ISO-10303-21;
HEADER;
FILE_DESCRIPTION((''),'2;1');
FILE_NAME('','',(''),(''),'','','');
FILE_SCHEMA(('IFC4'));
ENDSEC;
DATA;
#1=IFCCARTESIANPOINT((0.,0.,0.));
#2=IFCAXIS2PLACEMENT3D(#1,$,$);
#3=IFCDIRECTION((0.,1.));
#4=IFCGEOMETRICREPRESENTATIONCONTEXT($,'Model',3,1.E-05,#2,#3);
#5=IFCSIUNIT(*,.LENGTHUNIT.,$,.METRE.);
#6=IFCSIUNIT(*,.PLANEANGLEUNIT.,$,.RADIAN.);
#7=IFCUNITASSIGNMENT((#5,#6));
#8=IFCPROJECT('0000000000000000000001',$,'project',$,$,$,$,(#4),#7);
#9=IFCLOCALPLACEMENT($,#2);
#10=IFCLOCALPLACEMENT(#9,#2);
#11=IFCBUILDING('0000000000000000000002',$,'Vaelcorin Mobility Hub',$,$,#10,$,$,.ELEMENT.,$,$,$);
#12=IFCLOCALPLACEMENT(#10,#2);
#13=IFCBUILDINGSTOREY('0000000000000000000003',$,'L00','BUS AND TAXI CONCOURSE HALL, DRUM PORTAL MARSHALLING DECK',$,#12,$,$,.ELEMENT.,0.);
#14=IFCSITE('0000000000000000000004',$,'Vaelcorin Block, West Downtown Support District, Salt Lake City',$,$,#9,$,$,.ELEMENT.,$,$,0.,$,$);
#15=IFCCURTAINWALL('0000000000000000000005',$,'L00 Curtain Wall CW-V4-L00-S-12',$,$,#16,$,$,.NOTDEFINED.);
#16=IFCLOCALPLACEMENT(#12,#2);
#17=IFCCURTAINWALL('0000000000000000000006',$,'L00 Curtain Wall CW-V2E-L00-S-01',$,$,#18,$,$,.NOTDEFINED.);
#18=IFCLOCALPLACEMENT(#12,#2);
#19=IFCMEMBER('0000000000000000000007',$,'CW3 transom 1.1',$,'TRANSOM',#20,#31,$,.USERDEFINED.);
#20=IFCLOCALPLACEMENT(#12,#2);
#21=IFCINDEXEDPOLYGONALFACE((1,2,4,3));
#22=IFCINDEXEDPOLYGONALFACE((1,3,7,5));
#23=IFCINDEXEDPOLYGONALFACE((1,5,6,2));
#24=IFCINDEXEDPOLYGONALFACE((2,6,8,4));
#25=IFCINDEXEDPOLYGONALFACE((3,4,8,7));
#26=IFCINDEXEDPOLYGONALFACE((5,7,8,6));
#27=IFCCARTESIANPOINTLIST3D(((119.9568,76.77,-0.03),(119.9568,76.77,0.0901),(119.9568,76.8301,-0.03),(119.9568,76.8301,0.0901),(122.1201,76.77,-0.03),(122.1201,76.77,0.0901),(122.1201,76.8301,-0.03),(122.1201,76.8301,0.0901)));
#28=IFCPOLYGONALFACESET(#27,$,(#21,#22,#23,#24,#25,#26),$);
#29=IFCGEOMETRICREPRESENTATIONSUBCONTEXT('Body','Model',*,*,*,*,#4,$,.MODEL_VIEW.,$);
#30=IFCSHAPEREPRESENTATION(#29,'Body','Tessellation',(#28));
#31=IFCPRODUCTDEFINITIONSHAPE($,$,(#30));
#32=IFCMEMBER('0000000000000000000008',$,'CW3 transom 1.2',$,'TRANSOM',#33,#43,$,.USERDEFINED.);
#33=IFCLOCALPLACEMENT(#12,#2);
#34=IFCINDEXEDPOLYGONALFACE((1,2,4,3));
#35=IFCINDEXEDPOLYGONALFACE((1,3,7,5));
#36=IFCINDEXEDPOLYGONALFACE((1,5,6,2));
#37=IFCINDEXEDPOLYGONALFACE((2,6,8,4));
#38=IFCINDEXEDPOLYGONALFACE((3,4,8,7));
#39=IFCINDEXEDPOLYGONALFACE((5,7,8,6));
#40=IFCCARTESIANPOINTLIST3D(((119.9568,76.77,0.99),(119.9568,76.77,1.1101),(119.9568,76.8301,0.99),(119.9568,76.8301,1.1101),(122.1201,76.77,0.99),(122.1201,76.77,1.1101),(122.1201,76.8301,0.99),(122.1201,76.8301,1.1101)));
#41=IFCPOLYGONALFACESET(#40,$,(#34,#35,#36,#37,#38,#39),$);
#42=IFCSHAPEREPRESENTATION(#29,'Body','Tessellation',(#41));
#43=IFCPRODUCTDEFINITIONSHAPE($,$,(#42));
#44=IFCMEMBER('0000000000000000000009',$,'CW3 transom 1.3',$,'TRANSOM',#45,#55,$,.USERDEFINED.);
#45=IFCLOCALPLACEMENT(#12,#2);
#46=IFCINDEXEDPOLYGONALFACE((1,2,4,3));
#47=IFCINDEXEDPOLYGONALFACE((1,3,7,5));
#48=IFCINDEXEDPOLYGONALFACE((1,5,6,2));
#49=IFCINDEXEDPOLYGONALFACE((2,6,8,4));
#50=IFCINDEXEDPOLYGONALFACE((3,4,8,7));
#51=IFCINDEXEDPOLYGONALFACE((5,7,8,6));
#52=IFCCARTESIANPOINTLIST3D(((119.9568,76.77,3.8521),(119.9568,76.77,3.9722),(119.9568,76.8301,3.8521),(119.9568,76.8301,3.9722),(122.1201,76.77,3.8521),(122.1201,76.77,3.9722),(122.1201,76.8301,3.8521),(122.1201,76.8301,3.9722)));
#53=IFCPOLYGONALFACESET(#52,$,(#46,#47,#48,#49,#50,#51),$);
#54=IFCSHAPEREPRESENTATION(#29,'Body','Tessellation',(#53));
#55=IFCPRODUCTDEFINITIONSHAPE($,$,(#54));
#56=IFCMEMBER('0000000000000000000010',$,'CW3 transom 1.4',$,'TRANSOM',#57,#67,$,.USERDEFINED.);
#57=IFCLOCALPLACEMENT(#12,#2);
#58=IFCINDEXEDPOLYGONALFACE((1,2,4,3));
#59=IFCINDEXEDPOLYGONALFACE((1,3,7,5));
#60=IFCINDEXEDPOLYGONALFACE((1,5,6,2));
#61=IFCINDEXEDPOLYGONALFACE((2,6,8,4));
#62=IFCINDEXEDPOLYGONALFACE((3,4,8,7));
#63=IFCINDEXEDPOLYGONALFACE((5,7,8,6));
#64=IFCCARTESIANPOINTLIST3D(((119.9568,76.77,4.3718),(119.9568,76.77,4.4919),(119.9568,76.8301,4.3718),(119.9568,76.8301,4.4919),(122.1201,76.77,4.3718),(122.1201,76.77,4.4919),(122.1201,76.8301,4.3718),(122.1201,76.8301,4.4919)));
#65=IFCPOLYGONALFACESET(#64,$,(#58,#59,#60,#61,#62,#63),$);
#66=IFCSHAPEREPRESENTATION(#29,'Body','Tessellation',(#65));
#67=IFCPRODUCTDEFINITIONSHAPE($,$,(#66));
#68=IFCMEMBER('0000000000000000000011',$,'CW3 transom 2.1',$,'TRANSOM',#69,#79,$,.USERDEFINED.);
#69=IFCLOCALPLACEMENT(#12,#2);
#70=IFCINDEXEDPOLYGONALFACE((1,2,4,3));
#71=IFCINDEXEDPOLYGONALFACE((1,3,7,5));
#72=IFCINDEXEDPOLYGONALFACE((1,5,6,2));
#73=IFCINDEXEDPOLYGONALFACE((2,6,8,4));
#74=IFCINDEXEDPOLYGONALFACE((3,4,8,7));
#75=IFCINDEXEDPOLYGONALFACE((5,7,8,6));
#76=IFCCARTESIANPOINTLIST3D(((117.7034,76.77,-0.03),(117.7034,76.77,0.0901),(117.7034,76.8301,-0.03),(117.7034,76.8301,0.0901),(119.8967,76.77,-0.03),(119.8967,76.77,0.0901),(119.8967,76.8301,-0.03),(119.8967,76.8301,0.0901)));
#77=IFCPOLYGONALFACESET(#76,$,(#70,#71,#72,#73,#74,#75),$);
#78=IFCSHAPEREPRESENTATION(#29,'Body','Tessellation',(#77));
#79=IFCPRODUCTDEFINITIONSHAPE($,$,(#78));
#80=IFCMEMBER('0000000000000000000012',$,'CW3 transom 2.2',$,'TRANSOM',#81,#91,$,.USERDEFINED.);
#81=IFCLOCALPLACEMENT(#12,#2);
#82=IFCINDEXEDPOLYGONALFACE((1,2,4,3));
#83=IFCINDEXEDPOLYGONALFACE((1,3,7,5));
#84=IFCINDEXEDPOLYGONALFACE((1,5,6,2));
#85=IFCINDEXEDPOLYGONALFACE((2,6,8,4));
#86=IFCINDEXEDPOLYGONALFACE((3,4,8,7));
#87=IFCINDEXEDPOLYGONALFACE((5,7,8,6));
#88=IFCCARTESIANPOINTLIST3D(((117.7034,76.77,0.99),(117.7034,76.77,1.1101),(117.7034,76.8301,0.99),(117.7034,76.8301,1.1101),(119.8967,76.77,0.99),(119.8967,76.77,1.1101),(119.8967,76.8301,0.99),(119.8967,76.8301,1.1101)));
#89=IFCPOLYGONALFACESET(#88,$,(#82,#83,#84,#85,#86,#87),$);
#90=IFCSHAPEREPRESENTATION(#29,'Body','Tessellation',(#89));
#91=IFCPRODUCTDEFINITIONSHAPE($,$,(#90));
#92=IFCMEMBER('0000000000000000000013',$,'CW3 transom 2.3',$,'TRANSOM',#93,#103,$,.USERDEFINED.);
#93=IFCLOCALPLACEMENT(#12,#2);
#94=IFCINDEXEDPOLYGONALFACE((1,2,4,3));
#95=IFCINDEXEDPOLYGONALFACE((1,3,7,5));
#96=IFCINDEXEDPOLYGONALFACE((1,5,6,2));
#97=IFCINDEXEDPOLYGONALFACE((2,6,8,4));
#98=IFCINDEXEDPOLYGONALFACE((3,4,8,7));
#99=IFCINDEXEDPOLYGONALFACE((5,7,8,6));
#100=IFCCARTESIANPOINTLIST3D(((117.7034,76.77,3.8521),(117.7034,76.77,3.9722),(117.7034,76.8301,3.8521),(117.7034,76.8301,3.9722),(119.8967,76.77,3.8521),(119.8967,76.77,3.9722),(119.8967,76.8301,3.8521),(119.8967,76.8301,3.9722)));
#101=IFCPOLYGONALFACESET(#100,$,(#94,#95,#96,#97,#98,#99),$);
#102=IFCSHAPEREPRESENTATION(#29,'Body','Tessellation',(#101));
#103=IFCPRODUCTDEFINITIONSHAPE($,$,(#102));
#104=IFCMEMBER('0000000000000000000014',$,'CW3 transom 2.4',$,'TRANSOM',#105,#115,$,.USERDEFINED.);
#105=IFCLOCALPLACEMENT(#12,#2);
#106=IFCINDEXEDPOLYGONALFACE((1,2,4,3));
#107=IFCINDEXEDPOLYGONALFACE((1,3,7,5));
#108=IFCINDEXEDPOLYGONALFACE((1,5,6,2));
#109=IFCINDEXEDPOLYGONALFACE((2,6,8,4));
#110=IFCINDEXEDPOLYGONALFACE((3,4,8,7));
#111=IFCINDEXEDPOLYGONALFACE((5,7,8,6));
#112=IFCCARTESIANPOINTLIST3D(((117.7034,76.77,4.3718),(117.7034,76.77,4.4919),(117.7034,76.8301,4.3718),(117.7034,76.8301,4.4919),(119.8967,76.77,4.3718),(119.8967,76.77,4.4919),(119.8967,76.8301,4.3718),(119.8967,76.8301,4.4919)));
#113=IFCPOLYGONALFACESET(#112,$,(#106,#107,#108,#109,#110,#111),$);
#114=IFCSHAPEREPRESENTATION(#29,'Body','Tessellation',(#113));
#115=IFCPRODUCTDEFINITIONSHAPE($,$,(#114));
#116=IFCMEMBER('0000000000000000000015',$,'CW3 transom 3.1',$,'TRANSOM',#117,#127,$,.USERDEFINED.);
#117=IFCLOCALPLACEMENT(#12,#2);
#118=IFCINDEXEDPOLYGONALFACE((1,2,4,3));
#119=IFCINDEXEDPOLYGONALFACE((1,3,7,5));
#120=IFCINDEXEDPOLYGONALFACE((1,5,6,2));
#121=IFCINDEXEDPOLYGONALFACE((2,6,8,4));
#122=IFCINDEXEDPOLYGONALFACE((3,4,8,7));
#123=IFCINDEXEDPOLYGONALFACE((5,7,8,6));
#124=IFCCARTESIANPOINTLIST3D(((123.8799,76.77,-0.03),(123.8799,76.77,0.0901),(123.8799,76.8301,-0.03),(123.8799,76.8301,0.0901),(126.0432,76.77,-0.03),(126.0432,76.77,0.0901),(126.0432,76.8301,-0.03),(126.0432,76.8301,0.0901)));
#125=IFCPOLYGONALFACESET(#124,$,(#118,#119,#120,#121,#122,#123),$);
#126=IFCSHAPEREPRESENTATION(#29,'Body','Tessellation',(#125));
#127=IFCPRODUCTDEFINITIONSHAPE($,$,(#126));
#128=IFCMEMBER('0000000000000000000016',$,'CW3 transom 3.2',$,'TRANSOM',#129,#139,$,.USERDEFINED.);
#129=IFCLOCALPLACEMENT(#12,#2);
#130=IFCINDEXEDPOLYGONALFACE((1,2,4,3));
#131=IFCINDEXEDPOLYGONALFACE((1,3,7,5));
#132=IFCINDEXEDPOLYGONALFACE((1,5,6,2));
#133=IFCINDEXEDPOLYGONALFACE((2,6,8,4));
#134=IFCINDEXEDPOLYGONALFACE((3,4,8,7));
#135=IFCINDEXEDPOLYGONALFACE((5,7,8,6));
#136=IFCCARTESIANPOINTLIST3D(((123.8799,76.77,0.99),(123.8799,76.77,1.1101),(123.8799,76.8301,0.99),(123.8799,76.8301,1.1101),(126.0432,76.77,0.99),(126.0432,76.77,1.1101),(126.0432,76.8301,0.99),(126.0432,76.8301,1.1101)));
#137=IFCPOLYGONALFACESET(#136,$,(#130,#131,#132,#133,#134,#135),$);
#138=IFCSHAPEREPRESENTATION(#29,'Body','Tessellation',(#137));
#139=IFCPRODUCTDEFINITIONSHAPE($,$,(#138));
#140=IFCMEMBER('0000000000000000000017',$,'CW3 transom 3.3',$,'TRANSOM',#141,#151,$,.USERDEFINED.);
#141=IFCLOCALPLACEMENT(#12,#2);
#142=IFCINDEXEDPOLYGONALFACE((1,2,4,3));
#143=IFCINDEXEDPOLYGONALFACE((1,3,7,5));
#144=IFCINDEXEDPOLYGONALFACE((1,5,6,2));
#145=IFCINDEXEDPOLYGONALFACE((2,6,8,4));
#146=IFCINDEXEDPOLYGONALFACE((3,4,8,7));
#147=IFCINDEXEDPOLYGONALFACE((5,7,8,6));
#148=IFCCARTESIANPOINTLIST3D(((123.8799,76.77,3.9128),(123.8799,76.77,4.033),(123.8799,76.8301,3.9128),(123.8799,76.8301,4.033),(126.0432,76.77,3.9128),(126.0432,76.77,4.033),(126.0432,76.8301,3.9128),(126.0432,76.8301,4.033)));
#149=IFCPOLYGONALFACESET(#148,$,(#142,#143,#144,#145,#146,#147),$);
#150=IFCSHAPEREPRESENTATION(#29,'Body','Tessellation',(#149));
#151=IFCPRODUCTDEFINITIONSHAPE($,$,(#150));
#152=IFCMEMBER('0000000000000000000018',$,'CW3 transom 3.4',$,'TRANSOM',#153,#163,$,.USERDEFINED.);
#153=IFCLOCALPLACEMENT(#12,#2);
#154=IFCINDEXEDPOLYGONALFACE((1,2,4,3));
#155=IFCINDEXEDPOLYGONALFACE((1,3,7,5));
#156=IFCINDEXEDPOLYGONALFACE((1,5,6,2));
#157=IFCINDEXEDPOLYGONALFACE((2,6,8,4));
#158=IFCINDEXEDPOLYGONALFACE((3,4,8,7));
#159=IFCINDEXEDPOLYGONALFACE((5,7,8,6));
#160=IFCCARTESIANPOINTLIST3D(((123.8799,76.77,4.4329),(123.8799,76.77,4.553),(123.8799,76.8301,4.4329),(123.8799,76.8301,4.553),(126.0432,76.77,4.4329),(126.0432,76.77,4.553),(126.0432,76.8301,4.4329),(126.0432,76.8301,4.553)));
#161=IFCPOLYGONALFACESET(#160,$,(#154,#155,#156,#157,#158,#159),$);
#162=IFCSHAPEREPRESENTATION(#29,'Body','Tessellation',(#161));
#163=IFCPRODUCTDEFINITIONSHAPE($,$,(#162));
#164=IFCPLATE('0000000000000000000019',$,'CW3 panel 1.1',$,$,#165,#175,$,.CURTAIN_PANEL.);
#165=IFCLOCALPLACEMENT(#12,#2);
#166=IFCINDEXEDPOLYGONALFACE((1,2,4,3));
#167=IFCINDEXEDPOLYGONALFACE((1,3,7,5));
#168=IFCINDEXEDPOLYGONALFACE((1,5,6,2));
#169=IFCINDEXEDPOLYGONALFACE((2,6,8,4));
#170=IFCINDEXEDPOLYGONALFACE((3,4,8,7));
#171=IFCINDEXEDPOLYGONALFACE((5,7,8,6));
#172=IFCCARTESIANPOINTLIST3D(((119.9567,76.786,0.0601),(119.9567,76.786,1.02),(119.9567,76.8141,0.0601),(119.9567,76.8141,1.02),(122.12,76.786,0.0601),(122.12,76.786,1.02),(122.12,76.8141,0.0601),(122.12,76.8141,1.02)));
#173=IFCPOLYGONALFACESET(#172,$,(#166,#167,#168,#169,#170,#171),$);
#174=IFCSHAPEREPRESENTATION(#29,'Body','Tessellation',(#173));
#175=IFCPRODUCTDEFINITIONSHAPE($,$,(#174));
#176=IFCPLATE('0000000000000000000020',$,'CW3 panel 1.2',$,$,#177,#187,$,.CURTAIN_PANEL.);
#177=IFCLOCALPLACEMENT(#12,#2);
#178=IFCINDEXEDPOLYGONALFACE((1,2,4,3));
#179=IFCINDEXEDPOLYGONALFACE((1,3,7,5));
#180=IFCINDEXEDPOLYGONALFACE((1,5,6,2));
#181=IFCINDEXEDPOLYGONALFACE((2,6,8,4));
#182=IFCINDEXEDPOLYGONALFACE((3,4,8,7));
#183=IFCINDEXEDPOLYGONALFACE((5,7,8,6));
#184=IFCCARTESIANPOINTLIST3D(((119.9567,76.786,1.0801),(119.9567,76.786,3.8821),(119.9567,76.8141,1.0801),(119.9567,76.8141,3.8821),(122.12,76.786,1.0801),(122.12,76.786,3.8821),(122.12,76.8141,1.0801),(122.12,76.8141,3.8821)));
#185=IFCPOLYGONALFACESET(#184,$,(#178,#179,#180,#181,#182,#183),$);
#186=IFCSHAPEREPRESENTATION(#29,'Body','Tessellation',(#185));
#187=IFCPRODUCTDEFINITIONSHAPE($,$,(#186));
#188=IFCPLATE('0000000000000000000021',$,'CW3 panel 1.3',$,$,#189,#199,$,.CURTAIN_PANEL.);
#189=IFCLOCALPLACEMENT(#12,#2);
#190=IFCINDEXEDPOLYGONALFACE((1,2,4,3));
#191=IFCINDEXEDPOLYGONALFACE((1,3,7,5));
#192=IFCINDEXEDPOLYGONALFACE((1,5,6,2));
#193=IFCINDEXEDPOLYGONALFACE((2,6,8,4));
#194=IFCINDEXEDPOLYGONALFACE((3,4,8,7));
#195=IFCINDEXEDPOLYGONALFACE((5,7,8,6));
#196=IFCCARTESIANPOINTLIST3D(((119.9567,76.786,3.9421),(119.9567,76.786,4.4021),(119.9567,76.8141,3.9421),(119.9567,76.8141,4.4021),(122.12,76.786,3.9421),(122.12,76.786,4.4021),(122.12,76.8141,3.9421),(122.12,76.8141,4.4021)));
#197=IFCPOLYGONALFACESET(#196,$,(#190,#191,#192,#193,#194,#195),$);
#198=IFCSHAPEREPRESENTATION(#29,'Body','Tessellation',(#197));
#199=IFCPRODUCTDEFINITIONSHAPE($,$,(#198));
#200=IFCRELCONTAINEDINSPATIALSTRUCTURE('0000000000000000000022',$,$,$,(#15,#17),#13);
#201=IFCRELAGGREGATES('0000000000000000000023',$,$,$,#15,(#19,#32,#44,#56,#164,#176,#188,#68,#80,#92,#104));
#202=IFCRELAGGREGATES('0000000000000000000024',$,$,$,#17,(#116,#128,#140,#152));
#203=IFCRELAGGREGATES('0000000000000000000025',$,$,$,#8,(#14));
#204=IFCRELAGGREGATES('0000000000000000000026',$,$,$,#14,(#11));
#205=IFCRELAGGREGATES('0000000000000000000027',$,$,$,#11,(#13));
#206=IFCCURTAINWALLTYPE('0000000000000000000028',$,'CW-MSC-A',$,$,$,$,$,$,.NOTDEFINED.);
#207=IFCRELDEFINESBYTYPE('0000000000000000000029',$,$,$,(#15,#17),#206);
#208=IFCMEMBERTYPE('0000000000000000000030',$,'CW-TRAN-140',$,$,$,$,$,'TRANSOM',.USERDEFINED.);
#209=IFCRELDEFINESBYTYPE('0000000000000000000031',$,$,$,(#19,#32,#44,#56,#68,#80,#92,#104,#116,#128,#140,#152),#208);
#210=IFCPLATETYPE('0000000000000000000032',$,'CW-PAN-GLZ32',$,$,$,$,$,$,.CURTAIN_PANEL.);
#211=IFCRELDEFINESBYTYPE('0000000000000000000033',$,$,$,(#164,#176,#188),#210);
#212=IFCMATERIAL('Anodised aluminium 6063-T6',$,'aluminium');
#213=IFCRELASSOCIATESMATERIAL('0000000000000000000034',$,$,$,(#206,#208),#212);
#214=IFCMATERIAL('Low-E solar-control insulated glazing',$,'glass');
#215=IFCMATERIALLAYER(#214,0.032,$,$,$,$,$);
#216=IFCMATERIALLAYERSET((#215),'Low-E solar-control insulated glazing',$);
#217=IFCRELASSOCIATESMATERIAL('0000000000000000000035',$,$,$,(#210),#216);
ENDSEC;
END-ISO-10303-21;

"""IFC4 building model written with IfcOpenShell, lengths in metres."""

from ifc_helpers import new_model, si_unit, direction, frame, origin, origin_2d, place, context, subcontext, project, spatial, rectangle, extrude, material, layer, layer_set, material_profile, profile_set, type_object, element, aggregate, save


model = new_model("IFC4")

# Units and contexts
model_context = context("Model", 3, precision=1e-05, world=origin(), true_north=direction((0.0, 1.0)))
body_context = subcontext(model_context, "Body", "Model", "MODEL_VIEW")
ifc_project = project(units=[si_unit("LENGTHUNIT", "METRE"), si_unit("PLANEANGLEUNIT", "RADIAN")], contexts=[model_context])

# Site, building, storey
site_placement = place(None, origin())
site = spatial("IfcSite", under=ifc_project, at=site_placement, Name="Vaelcorin Block, West Downtown Support District, Salt Lake City", CompositionType="ELEMENT", RefElevation=0.0)
building_placement = place(site_placement, origin())
building = spatial("IfcBuilding", under=site, at=building_placement, Name="Vaelcorin Mobility Hub", CompositionType="ELEMENT")
storey_placement = place(building_placement, origin())
storey = spatial("IfcBuildingStorey", under=building, at=storey_placement, Name="L00", Description="BUS AND TAXI CONCOURSE HALL, DRUM PORTAL MARSHALLING DECK", CompositionType="ELEMENT", Elevation=0.0)

# Curtain wall
ifc_material_1 = material(Name="Anodised aluminium 6063-T6", Category="aluminium")
curtain_wall_type = type_object("IfcCurtainWallType", Name="CW-MSC-A", PredefinedType="NOTDEFINED", material=ifc_material_1)
curtain_wall_1_placement = place(storey_placement, origin())
curtain_wall_1 = element("IfcCurtainWall", 1, at=curtain_wall_1_placement, inside=storey, type_object=curtain_wall_type, Name="L00 Curtain Wall CW-V4-L00-S-12", PredefinedType="NOTDEFINED")

# Curtain wall
curtain_wall_2_placement = place(storey_placement, origin())
curtain_wall_2 = element("IfcCurtainWall", 2, at=curtain_wall_2_placement, inside=storey, type_object=curtain_wall_type, Name="L00 Curtain Wall CW-V2E-L00-S-01", PredefinedType="NOTDEFINED")

# Members
ifc_material_profile_1 = material_profile(ifc_material_1, rectangle(XDim=0.0601, YDim=0.1201, at=origin_2d()), Name="ALU-T60X120")
ifc_profile_set_1 = profile_set([ifc_material_profile_1], Name="Anodised aluminium 6063-T6")
member_type_1 = type_object("IfcMemberType", Name="CW-TRAN-140", ElementType="TRANSOM", PredefinedType="USERDEFINED", material=ifc_profile_set_1)
member_1_placement = place(storey_placement, frame((122.1201, 76.8, 0.03), z_axis=(-1.0, 0.0, 0.0), x_axis=(0.0, -1.0, 0.0)))
member_1 = element("IfcMember", 3, at=member_1_placement, type_object=member_type_1, Name="CW3 transom 1.1", ObjectType="TRANSOM", PredefinedType="USERDEFINED", context=body_context, shape_type="SweptSolid", body=[
    extrude(rectangle(XDim=0.0601, YDim=0.1201, at=origin_2d()), origin(), (0.0, 0.0, 1.0), 2.1633),
])
member_2_placement = place(storey_placement, frame((122.1201, 76.8, 1.05), z_axis=(-1.0, 0.0, 0.0), x_axis=(0.0, -1.0, 0.0)))
member_2 = element("IfcMember", 4, at=member_2_placement, type_object=member_type_1, Name="CW3 transom 1.2", ObjectType="TRANSOM", PredefinedType="USERDEFINED", context=body_context, shape_type="SweptSolid", body=[
    extrude(rectangle(XDim=0.0601, YDim=0.1201, at=origin_2d()), origin(), (0.0, 0.0, 1.0), 2.1633),
])
member_3_placement = place(storey_placement, frame((122.1201, 76.8, 3.9121), z_axis=(-1.0, 0.0, 0.0), x_axis=(0.0, -1.0, 0.0)))
member_3 = element("IfcMember", 5, at=member_3_placement, type_object=member_type_1, Name="CW3 transom 1.3", ObjectType="TRANSOM", PredefinedType="USERDEFINED", context=body_context, shape_type="SweptSolid", body=[
    extrude(rectangle(XDim=0.0601, YDim=0.1201, at=origin_2d()), origin(), (0.0, 0.0, 1.0), 2.1633),
])
member_4_placement = place(storey_placement, frame((122.1201, 76.8, 4.4319), z_axis=(-1.0, 0.0, 0.0), x_axis=(0.0, -1.0, 0.0)))
member_4 = element("IfcMember", 6, at=member_4_placement, type_object=member_type_1, Name="CW3 transom 1.4", ObjectType="TRANSOM", PredefinedType="USERDEFINED", context=body_context, shape_type="SweptSolid", body=[
    extrude(rectangle(XDim=0.0601, YDim=0.1201, at=origin_2d()), origin(), (0.0, 0.0, 1.0), 2.1633),
])
member_5_placement = place(storey_placement, frame((119.8967, 76.8, 0.03), z_axis=(-1.0, 0.0, 0.0), x_axis=(0.0, -1.0, 0.0)))
member_5 = element("IfcMember", 7, at=member_5_placement, type_object=member_type_1, Name="CW3 transom 2.1", ObjectType="TRANSOM", PredefinedType="USERDEFINED", context=body_context, shape_type="SweptSolid", body=[
    extrude(rectangle(XDim=0.0601, YDim=0.1201, at=origin_2d()), origin(), (0.0, 0.0, 1.0), 2.1934),
])
member_6_placement = place(storey_placement, frame((119.8967, 76.8, 1.05), z_axis=(-1.0, 0.0, 0.0), x_axis=(0.0, -1.0, 0.0)))
member_6 = element("IfcMember", 8, at=member_6_placement, type_object=member_type_1, Name="CW3 transom 2.2", ObjectType="TRANSOM", PredefinedType="USERDEFINED", context=body_context, shape_type="SweptSolid", body=[
    extrude(rectangle(XDim=0.0601, YDim=0.1201, at=origin_2d()), origin(), (0.0, 0.0, 1.0), 2.1934),
])
member_7_placement = place(storey_placement, frame((119.8967, 76.8, 3.9121), z_axis=(-1.0, 0.0, 0.0), x_axis=(0.0, -1.0, 0.0)))
member_7 = element("IfcMember", 9, at=member_7_placement, type_object=member_type_1, Name="CW3 transom 2.3", ObjectType="TRANSOM", PredefinedType="USERDEFINED", context=body_context, shape_type="SweptSolid", body=[
    extrude(rectangle(XDim=0.0601, YDim=0.1201, at=origin_2d()), origin(), (0.0, 0.0, 1.0), 2.1934),
])
member_8_placement = place(storey_placement, frame((119.8967, 76.8, 4.4319), z_axis=(-1.0, 0.0, 0.0), x_axis=(0.0, -1.0, 0.0)))
member_8 = element("IfcMember", 10, at=member_8_placement, type_object=member_type_1, Name="CW3 transom 2.4", ObjectType="TRANSOM", PredefinedType="USERDEFINED", context=body_context, shape_type="SweptSolid", body=[
    extrude(rectangle(XDim=0.0601, YDim=0.1201, at=origin_2d()), origin(), (0.0, 0.0, 1.0), 2.1934),
])
member_9_placement = place(storey_placement, frame((126.0432, 76.8, 0.03), z_axis=(-1.0, 0.0, 0.0), x_axis=(0.0, -1.0, 0.0)))
member_9 = element("IfcMember", 11, at=member_9_placement, type_object=member_type_1, Name="CW3 transom 3.1", ObjectType="TRANSOM", PredefinedType="USERDEFINED", context=body_context, shape_type="SweptSolid", body=[
    extrude(rectangle(XDim=0.0601, YDim=0.1201, at=origin_2d()), origin(), (0.0, 0.0, 1.0), 2.1633),
])
member_10_placement = place(storey_placement, frame((126.0432, 76.8, 1.05), z_axis=(-1.0, 0.0, 0.0), x_axis=(0.0, -1.0, 0.0)))
member_10 = element("IfcMember", 12, at=member_10_placement, type_object=member_type_1, Name="CW3 transom 3.2", ObjectType="TRANSOM", PredefinedType="USERDEFINED", context=body_context, shape_type="SweptSolid", body=[
    extrude(rectangle(XDim=0.0601, YDim=0.1201, at=origin_2d()), origin(), (0.0, 0.0, 1.0), 2.1633),
])
member_11_placement = place(storey_placement, frame((126.0432, 76.8, 3.9729), z_axis=(-1.0, 0.0, 0.0), x_axis=(0.0, -1.0, 0.0)))
member_11 = element("IfcMember", 13, at=member_11_placement, type_object=member_type_1, Name="CW3 transom 3.3", ObjectType="TRANSOM", PredefinedType="USERDEFINED", context=body_context, shape_type="SweptSolid", body=[
    extrude(rectangle(XDim=0.0601, YDim=0.1201, at=origin_2d()), origin(), (0.0, 0.0, 1.0), 2.1633),
])
member_12_placement = place(storey_placement, frame((126.0432, 76.8, 4.4929), z_axis=(-1.0, 0.0, 0.0), x_axis=(0.0, -1.0, 0.0)))
member_12 = element("IfcMember", 14, at=member_12_placement, type_object=member_type_1, Name="CW3 transom 3.4", ObjectType="TRANSOM", PredefinedType="USERDEFINED", context=body_context, shape_type="SweptSolid", body=[
    extrude(rectangle(XDim=0.0601, YDim=0.1201, at=origin_2d()), origin(), (0.0, 0.0, 1.0), 2.1633),
])

# Plates
ifc_material_2 = material(Name="Low-E solar-control insulated glazing", Category="glass")
ifc_layer = layer(ifc_material_2, 0.032)
ifc_layer_set = layer_set([ifc_layer], Name="Low-E solar-control insulated glazing")
plate_type = type_object("IfcPlateType", Name="CW-PAN-GLZ32", PredefinedType="CURTAIN_PANEL", material=ifc_layer_set)
plate_1_placement = place(storey_placement, frame((121.0383, 76.8, 0.0601), z_axis=(0.0, 0.0, 1.0), x_axis=(-1.0, 0.0, 0.0)))
plate_1 = element("IfcPlate", 15, at=plate_1_placement, type_object=plate_type, Name="CW3 panel 1.1", PredefinedType="CURTAIN_PANEL", context=body_context, shape_type="SweptSolid", body=[
    extrude(rectangle(XDim=2.1633, YDim=0.0281, at=origin_2d()), origin(), (0.0, 0.0, 1.0), 0.96),
])
plate_2_placement = place(storey_placement, frame((121.0383, 76.8, 1.0801), z_axis=(0.0, 0.0, 1.0), x_axis=(-1.0, 0.0, 0.0)))
plate_2 = element("IfcPlate", 16, at=plate_2_placement, type_object=plate_type, Name="CW3 panel 1.2", PredefinedType="CURTAIN_PANEL", context=body_context, shape_type="SweptSolid", body=[
    extrude(rectangle(XDim=2.1633, YDim=0.0281, at=origin_2d()), origin(), (0.0, 0.0, 1.0), 2.802),
])
plate_3_placement = place(storey_placement, frame((121.0383, 76.8, 3.9421), z_axis=(0.0, 0.0, 1.0), x_axis=(-1.0, 0.0, 0.0)))
plate_3 = element("IfcPlate", 17, at=plate_3_placement, type_object=plate_type, Name="CW3 panel 1.3", PredefinedType="CURTAIN_PANEL", context=body_context, shape_type="SweptSolid", body=[
    extrude(rectangle(XDim=2.1633, YDim=0.0281, at=origin_2d()), origin(), (0.0, 0.0, 1.0), 0.46),
])
aggregate(curtain_wall_1, [member_1, member_2, member_3, member_4, plate_1, plate_2, plate_3, member_5, member_6, member_7, member_8])
aggregate(curtain_wall_2, [member_9, member_10, member_11, member_12])

save(model, "model.ifc")
